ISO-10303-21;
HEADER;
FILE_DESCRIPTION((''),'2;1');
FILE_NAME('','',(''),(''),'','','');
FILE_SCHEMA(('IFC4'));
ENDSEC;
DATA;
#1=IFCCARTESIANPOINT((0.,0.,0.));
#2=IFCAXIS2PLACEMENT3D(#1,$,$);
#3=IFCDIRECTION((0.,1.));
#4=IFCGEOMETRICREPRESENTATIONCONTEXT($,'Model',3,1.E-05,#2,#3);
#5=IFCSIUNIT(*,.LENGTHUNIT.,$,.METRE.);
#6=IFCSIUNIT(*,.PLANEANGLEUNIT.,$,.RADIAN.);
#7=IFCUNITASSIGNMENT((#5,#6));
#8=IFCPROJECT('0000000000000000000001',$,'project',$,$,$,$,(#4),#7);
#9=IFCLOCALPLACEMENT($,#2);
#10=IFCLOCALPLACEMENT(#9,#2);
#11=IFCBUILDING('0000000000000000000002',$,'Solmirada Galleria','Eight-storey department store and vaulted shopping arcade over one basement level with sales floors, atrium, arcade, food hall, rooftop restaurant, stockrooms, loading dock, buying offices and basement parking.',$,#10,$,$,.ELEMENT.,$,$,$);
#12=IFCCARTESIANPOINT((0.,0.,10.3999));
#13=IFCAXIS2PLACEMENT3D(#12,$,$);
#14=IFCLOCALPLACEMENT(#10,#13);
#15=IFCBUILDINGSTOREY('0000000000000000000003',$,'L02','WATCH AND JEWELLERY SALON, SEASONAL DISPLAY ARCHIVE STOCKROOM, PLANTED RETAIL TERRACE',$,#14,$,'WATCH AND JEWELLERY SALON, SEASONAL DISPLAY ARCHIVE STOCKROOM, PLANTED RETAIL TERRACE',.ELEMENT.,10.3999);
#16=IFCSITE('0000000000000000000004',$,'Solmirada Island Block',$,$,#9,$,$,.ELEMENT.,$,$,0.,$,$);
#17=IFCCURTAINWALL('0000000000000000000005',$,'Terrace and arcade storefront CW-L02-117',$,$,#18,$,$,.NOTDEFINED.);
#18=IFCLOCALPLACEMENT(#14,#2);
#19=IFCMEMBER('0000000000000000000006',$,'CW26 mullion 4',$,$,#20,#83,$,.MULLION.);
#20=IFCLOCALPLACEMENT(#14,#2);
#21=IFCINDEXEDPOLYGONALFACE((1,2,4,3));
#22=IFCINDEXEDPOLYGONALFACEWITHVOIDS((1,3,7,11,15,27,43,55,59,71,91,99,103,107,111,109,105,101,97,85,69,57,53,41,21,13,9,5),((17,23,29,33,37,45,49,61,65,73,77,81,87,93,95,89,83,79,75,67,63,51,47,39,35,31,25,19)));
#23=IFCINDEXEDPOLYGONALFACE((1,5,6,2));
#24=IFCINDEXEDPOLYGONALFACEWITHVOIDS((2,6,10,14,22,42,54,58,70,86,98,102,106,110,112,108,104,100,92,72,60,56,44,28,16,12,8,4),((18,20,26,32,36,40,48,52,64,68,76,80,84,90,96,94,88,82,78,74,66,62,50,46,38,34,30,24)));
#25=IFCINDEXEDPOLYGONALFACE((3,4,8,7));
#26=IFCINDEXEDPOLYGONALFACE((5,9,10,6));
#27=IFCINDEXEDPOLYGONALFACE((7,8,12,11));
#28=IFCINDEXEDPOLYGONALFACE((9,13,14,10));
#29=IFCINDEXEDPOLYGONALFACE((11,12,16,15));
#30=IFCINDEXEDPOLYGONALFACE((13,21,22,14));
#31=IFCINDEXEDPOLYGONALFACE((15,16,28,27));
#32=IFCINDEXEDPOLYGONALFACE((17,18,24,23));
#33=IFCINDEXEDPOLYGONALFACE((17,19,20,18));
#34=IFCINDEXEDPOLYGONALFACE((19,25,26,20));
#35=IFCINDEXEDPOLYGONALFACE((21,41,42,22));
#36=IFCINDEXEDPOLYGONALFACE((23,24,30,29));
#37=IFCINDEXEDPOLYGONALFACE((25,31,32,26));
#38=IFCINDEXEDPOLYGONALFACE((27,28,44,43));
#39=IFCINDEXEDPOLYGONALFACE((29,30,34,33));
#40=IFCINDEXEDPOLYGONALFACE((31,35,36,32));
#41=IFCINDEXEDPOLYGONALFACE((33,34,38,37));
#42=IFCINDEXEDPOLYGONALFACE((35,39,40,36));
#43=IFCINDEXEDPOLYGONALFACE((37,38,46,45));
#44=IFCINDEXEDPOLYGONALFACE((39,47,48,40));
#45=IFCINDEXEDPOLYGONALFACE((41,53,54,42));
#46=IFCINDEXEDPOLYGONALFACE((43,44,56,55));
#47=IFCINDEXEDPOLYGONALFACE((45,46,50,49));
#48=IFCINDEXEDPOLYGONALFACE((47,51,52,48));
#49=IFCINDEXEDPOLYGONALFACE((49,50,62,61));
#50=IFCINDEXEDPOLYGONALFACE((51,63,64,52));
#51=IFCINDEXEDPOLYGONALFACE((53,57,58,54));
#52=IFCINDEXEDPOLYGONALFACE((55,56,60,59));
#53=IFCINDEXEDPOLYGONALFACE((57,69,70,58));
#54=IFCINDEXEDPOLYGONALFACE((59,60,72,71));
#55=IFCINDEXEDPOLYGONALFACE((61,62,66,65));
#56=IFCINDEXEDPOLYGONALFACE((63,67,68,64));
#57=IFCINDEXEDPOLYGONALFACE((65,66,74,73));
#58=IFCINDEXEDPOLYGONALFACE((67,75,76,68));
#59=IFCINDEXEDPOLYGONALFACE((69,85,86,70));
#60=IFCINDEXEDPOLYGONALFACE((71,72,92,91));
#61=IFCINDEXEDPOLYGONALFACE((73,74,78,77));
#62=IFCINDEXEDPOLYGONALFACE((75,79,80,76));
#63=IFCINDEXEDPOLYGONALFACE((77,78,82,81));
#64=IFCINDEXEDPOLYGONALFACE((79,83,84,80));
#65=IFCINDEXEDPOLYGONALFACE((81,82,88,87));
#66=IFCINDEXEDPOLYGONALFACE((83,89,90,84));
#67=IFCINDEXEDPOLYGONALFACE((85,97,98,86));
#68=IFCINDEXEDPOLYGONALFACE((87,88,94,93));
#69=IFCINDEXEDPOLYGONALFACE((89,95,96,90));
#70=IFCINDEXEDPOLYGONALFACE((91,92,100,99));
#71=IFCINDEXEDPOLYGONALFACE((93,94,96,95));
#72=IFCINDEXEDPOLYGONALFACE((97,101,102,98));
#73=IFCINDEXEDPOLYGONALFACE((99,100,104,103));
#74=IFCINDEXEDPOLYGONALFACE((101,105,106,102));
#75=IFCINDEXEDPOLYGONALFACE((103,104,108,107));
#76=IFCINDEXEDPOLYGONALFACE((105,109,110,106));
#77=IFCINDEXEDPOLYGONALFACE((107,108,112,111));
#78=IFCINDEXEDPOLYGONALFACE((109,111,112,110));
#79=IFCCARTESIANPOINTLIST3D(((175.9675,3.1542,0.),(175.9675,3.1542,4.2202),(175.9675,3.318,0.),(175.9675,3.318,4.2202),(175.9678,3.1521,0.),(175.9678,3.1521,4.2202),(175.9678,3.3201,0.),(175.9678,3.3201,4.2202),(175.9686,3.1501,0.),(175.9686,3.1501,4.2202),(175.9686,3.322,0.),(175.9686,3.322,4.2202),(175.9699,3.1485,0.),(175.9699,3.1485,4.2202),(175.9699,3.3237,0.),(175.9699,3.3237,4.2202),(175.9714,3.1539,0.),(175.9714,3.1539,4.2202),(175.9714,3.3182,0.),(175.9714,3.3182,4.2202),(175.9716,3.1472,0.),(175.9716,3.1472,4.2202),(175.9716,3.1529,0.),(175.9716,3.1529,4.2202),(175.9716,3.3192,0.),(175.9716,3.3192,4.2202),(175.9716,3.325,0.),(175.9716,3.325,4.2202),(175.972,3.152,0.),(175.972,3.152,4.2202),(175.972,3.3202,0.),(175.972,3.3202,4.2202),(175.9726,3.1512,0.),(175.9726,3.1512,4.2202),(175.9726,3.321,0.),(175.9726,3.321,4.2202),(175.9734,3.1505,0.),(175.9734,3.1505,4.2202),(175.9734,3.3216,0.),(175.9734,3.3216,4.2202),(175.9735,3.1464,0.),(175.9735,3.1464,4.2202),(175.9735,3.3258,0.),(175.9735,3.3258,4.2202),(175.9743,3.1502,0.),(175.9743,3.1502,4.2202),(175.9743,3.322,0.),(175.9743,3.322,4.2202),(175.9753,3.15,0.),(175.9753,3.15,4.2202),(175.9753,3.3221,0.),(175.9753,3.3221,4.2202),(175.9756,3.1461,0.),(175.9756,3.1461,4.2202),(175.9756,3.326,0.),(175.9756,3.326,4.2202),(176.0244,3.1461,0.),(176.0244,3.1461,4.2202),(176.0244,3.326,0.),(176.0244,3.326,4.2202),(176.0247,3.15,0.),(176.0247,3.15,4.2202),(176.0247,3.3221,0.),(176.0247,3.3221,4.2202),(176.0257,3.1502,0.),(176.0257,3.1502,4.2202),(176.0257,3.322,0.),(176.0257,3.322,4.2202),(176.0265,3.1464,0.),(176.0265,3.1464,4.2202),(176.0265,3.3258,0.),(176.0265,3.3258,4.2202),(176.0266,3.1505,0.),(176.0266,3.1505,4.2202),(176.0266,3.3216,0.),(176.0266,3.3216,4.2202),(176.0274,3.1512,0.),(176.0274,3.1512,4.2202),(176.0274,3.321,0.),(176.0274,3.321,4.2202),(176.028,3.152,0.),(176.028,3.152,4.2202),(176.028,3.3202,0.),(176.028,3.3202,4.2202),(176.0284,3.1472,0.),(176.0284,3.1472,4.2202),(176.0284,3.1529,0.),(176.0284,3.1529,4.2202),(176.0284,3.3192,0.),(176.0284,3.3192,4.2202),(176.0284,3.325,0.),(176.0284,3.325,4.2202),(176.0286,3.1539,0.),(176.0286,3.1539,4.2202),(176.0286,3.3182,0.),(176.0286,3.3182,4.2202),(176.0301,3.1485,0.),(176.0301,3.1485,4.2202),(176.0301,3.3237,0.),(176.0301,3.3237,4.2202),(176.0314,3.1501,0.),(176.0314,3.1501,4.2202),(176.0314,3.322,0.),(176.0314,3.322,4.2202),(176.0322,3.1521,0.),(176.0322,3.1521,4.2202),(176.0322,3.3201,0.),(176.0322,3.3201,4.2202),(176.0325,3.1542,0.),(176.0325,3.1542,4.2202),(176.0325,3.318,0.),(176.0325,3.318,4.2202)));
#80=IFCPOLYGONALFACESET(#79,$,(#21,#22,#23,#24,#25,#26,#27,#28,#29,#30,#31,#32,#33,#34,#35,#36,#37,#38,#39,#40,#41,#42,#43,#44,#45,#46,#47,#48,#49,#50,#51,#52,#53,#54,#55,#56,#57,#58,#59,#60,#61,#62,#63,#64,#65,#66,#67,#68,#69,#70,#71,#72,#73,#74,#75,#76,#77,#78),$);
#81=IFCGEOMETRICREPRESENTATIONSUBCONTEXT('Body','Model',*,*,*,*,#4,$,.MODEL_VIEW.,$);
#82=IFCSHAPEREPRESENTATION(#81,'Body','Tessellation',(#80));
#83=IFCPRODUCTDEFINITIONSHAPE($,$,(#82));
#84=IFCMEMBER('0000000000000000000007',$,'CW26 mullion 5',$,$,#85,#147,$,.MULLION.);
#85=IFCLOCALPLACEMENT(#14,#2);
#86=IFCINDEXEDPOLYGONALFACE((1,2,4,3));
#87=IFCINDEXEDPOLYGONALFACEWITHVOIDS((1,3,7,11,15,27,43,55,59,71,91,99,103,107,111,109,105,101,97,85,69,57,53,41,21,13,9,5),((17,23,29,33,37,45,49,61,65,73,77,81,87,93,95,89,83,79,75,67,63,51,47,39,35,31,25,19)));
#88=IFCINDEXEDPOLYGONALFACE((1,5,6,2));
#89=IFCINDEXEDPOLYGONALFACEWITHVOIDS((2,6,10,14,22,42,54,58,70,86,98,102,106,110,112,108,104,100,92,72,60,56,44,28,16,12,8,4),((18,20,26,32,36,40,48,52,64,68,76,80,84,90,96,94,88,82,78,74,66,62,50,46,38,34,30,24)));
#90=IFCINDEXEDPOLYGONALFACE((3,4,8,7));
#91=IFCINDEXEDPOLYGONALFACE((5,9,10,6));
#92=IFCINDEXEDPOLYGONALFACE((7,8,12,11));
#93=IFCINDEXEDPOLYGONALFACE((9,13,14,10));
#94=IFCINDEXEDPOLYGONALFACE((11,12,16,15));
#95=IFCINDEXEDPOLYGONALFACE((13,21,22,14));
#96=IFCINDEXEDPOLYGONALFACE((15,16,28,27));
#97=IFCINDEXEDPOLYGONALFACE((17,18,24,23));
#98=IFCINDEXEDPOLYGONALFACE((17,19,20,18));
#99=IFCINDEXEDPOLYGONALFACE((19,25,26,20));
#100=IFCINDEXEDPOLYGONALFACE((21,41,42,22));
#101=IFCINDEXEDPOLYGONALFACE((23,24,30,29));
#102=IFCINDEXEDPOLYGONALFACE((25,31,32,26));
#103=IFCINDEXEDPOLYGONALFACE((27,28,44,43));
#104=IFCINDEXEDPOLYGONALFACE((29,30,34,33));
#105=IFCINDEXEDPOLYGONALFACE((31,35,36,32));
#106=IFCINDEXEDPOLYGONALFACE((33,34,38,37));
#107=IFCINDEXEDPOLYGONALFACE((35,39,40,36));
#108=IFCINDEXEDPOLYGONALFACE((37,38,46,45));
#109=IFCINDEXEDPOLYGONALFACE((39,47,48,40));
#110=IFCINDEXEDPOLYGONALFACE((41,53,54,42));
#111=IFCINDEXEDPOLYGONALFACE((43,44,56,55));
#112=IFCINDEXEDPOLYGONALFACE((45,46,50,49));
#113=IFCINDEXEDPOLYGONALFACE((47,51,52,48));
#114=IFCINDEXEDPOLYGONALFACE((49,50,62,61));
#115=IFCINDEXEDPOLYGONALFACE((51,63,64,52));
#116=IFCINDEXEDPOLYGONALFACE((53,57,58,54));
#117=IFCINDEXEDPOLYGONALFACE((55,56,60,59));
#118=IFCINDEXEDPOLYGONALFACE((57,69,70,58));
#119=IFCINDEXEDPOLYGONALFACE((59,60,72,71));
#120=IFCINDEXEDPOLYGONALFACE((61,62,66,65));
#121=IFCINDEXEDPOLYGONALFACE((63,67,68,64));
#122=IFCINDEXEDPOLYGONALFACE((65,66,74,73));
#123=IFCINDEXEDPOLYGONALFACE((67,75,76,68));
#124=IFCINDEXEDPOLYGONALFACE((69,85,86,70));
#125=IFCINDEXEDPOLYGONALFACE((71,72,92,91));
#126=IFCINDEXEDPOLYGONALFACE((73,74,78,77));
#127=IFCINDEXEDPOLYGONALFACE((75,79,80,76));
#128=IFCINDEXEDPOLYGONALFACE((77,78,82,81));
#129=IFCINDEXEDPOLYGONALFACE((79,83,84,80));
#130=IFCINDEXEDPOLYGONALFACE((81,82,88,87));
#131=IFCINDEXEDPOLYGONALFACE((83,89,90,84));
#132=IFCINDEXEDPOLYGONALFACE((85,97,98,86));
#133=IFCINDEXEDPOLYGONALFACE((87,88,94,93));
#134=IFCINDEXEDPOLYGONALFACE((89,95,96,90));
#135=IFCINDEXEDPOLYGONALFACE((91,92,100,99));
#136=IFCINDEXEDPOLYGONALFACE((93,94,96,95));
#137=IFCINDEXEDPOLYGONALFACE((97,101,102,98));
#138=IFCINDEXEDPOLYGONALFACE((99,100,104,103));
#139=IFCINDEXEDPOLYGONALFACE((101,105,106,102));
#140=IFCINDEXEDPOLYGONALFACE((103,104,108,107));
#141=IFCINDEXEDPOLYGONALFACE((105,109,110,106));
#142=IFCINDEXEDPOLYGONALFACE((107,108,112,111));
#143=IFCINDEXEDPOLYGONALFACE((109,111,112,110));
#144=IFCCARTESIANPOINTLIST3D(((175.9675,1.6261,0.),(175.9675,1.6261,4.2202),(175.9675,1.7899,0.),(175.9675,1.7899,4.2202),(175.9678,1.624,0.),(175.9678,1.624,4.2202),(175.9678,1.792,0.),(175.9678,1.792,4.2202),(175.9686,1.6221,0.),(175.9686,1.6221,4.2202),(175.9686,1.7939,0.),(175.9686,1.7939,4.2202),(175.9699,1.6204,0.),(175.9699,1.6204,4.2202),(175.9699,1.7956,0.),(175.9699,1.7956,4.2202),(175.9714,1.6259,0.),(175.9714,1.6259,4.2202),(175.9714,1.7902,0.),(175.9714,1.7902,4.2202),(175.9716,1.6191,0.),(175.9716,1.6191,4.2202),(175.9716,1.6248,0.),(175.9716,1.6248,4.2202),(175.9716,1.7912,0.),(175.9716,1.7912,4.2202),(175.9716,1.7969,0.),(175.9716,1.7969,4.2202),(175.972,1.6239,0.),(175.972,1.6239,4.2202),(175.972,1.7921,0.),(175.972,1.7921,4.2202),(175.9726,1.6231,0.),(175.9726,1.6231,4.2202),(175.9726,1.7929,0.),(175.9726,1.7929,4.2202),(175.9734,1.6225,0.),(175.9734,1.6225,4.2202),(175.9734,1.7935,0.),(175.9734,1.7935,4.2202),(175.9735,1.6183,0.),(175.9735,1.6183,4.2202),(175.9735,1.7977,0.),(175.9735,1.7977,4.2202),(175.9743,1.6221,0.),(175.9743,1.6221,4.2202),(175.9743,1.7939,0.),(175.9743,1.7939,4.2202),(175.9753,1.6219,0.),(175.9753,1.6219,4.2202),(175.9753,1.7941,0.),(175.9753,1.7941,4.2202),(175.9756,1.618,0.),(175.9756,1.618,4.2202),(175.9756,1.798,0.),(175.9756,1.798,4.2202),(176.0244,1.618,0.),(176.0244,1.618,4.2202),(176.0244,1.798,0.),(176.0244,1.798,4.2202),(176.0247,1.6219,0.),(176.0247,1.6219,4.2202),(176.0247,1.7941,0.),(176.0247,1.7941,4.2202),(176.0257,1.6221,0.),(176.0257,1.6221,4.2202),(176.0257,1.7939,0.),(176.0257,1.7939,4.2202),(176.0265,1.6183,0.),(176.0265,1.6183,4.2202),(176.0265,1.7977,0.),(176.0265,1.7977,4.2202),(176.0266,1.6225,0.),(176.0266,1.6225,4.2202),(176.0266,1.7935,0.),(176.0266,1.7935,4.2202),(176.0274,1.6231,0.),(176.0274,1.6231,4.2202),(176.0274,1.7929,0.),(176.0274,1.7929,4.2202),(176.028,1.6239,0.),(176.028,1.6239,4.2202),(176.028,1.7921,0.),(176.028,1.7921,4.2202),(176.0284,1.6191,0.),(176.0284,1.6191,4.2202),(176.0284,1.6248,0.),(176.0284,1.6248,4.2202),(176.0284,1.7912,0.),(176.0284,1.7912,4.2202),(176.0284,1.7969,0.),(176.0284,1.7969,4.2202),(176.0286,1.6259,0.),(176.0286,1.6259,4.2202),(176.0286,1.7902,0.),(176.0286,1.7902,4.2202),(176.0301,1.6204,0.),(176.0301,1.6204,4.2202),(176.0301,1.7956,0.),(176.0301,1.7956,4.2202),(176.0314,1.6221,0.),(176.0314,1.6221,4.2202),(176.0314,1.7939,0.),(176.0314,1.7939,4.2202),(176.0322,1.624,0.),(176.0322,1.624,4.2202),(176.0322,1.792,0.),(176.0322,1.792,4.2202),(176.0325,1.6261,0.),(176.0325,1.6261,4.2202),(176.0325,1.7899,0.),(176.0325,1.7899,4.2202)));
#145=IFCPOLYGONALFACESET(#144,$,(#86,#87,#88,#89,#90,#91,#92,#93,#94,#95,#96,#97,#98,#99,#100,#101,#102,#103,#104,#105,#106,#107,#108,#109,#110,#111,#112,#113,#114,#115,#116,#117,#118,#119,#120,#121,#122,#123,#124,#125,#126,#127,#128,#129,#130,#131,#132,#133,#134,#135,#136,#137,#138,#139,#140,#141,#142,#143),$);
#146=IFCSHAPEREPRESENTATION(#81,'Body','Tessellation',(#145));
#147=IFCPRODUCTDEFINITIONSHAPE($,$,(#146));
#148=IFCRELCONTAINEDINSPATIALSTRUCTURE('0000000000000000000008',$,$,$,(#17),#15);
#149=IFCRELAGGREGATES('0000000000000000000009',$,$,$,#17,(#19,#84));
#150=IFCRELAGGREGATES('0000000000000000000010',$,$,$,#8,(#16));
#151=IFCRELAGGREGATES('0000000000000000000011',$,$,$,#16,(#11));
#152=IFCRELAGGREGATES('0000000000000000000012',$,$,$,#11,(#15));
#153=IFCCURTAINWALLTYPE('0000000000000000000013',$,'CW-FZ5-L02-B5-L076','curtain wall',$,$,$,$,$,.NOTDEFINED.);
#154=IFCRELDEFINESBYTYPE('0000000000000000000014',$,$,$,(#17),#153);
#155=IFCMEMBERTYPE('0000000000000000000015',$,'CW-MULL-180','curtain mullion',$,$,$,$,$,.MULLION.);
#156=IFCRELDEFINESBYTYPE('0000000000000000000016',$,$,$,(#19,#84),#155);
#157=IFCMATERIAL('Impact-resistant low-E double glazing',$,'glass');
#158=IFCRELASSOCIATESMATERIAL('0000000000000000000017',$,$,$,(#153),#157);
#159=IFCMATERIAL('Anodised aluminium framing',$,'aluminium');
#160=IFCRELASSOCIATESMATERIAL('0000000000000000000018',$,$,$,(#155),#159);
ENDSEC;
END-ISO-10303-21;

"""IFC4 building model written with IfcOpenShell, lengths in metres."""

from ifc_helpers import new_model, si_unit, direction, frame, origin, origin_2d, place, context, subcontext, project, spatial, hollow_rectangle, extrude, material, material_profile, profile_set, type_object, element, aggregate, save


model = new_model("IFC4")

# Units and contexts
model_context = context("Model", 3, precision=1e-05, world=origin(), true_north=direction((0.0, 1.0)))
body_context = subcontext(model_context, "Body", "Model", "MODEL_VIEW")
ifc_project = project(units=[si_unit("LENGTHUNIT", "METRE"), si_unit("PLANEANGLEUNIT", "RADIAN")], contexts=[model_context])

# Site, building, storey
site_placement = place(None, origin())
site = spatial("IfcSite", under=ifc_project, at=site_placement, Name="Solmirada Island Block", CompositionType="ELEMENT", RefElevation=0.0)
building_placement = place(site_placement, origin())
building = spatial("IfcBuilding", under=site, at=building_placement, Name="Solmirada Galleria", Description="Eight-storey department store and vaulted shopping arcade over one basement level with sales floors, atrium, arcade, food hall, rooftop restaurant, stockrooms, loading dock, buying offices and basement parking.", CompositionType="ELEMENT")
storey_placement = place(building_placement, frame((0.0, 0.0, 10.3999)))
storey = spatial("IfcBuildingStorey", under=building, at=storey_placement, Name="L02", Description="WATCH AND JEWELLERY SALON, SEASONAL DISPLAY ARCHIVE STOCKROOM, PLANTED RETAIL TERRACE", LongName="WATCH AND JEWELLERY SALON, SEASONAL DISPLAY ARCHIVE STOCKROOM, PLANTED RETAIL TERRACE", CompositionType="ELEMENT", Elevation=10.3999)

# Curtain wall, members
ifc_material_1 = material(Name="Impact-resistant low-E double glazing", Category="glass")
curtain_wall_type = type_object("IfcCurtainWallType", Name="CW-FZ5-L02-B5-L076", Description="curtain wall", PredefinedType="NOTDEFINED", material=ifc_material_1)
curtain_wall_placement = place(storey_placement, origin())
curtain_wall = element("IfcCurtainWall", 1, at=curtain_wall_placement, inside=storey, type_object=curtain_wall_type, Name="Terrace and arcade storefront CW-L02-117", PredefinedType="NOTDEFINED")
ifc_material_2 = material(Name="Anodised aluminium framing", Category="aluminium")
ifc_material_profile_1 = material_profile(ifc_material_2, hollow_rectangle(XDim=0.0649, YDim=0.1799, WallThickness=0.0039, InnerFilletRadius=0.0039, OuterFilletRadius=0.0081, at=origin_2d()), Name="ALU-MULL-180X65")
ifc_profile_set_1 = profile_set([ifc_material_profile_1], Name="Anodised aluminium framing")
member_type_1 = type_object("IfcMemberType", Name="CW-MULL-180", Description="curtain mullion", PredefinedType="MULLION", material=ifc_profile_set_1)
member_1_placement = place(storey_placement, frame((176.0, 3.2361, 0.0), z_axis=(0.0, 0.0, 1.0), x_axis=(1.0, 0.0, 0.0)))
member_1 = element("IfcMember", 2, at=member_1_placement, type_object=member_type_1, Name="CW26 mullion 4", PredefinedType="MULLION", context=body_context, shape_type="SweptSolid", body=[
    extrude(hollow_rectangle(XDim=0.0649, YDim=0.1799, WallThickness=0.0039, InnerFilletRadius=0.0039, OuterFilletRadius=0.0081, at=origin_2d()), origin(), (0.0, 0.0, 1.0), 4.2202),
])
member_2_placement = place(storey_placement, frame((176.0, 1.708, 0.0), z_axis=(0.0, 0.0, 1.0), x_axis=(1.0, 0.0, 0.0)))
member_2 = element("IfcMember", 3, at=member_2_placement, type_object=member_type_1, Name="CW26 mullion 5", PredefinedType="MULLION", context=body_context, shape_type="SweptSolid", body=[
    extrude(hollow_rectangle(XDim=0.0649, YDim=0.1799, WallThickness=0.0039, InnerFilletRadius=0.0039, OuterFilletRadius=0.0081, at=origin_2d()), origin(), (0.0, 0.0, 1.0), 4.2202),
])
aggregate(curtain_wall, [member_1, member_2])

save(model, "model.ifc")
